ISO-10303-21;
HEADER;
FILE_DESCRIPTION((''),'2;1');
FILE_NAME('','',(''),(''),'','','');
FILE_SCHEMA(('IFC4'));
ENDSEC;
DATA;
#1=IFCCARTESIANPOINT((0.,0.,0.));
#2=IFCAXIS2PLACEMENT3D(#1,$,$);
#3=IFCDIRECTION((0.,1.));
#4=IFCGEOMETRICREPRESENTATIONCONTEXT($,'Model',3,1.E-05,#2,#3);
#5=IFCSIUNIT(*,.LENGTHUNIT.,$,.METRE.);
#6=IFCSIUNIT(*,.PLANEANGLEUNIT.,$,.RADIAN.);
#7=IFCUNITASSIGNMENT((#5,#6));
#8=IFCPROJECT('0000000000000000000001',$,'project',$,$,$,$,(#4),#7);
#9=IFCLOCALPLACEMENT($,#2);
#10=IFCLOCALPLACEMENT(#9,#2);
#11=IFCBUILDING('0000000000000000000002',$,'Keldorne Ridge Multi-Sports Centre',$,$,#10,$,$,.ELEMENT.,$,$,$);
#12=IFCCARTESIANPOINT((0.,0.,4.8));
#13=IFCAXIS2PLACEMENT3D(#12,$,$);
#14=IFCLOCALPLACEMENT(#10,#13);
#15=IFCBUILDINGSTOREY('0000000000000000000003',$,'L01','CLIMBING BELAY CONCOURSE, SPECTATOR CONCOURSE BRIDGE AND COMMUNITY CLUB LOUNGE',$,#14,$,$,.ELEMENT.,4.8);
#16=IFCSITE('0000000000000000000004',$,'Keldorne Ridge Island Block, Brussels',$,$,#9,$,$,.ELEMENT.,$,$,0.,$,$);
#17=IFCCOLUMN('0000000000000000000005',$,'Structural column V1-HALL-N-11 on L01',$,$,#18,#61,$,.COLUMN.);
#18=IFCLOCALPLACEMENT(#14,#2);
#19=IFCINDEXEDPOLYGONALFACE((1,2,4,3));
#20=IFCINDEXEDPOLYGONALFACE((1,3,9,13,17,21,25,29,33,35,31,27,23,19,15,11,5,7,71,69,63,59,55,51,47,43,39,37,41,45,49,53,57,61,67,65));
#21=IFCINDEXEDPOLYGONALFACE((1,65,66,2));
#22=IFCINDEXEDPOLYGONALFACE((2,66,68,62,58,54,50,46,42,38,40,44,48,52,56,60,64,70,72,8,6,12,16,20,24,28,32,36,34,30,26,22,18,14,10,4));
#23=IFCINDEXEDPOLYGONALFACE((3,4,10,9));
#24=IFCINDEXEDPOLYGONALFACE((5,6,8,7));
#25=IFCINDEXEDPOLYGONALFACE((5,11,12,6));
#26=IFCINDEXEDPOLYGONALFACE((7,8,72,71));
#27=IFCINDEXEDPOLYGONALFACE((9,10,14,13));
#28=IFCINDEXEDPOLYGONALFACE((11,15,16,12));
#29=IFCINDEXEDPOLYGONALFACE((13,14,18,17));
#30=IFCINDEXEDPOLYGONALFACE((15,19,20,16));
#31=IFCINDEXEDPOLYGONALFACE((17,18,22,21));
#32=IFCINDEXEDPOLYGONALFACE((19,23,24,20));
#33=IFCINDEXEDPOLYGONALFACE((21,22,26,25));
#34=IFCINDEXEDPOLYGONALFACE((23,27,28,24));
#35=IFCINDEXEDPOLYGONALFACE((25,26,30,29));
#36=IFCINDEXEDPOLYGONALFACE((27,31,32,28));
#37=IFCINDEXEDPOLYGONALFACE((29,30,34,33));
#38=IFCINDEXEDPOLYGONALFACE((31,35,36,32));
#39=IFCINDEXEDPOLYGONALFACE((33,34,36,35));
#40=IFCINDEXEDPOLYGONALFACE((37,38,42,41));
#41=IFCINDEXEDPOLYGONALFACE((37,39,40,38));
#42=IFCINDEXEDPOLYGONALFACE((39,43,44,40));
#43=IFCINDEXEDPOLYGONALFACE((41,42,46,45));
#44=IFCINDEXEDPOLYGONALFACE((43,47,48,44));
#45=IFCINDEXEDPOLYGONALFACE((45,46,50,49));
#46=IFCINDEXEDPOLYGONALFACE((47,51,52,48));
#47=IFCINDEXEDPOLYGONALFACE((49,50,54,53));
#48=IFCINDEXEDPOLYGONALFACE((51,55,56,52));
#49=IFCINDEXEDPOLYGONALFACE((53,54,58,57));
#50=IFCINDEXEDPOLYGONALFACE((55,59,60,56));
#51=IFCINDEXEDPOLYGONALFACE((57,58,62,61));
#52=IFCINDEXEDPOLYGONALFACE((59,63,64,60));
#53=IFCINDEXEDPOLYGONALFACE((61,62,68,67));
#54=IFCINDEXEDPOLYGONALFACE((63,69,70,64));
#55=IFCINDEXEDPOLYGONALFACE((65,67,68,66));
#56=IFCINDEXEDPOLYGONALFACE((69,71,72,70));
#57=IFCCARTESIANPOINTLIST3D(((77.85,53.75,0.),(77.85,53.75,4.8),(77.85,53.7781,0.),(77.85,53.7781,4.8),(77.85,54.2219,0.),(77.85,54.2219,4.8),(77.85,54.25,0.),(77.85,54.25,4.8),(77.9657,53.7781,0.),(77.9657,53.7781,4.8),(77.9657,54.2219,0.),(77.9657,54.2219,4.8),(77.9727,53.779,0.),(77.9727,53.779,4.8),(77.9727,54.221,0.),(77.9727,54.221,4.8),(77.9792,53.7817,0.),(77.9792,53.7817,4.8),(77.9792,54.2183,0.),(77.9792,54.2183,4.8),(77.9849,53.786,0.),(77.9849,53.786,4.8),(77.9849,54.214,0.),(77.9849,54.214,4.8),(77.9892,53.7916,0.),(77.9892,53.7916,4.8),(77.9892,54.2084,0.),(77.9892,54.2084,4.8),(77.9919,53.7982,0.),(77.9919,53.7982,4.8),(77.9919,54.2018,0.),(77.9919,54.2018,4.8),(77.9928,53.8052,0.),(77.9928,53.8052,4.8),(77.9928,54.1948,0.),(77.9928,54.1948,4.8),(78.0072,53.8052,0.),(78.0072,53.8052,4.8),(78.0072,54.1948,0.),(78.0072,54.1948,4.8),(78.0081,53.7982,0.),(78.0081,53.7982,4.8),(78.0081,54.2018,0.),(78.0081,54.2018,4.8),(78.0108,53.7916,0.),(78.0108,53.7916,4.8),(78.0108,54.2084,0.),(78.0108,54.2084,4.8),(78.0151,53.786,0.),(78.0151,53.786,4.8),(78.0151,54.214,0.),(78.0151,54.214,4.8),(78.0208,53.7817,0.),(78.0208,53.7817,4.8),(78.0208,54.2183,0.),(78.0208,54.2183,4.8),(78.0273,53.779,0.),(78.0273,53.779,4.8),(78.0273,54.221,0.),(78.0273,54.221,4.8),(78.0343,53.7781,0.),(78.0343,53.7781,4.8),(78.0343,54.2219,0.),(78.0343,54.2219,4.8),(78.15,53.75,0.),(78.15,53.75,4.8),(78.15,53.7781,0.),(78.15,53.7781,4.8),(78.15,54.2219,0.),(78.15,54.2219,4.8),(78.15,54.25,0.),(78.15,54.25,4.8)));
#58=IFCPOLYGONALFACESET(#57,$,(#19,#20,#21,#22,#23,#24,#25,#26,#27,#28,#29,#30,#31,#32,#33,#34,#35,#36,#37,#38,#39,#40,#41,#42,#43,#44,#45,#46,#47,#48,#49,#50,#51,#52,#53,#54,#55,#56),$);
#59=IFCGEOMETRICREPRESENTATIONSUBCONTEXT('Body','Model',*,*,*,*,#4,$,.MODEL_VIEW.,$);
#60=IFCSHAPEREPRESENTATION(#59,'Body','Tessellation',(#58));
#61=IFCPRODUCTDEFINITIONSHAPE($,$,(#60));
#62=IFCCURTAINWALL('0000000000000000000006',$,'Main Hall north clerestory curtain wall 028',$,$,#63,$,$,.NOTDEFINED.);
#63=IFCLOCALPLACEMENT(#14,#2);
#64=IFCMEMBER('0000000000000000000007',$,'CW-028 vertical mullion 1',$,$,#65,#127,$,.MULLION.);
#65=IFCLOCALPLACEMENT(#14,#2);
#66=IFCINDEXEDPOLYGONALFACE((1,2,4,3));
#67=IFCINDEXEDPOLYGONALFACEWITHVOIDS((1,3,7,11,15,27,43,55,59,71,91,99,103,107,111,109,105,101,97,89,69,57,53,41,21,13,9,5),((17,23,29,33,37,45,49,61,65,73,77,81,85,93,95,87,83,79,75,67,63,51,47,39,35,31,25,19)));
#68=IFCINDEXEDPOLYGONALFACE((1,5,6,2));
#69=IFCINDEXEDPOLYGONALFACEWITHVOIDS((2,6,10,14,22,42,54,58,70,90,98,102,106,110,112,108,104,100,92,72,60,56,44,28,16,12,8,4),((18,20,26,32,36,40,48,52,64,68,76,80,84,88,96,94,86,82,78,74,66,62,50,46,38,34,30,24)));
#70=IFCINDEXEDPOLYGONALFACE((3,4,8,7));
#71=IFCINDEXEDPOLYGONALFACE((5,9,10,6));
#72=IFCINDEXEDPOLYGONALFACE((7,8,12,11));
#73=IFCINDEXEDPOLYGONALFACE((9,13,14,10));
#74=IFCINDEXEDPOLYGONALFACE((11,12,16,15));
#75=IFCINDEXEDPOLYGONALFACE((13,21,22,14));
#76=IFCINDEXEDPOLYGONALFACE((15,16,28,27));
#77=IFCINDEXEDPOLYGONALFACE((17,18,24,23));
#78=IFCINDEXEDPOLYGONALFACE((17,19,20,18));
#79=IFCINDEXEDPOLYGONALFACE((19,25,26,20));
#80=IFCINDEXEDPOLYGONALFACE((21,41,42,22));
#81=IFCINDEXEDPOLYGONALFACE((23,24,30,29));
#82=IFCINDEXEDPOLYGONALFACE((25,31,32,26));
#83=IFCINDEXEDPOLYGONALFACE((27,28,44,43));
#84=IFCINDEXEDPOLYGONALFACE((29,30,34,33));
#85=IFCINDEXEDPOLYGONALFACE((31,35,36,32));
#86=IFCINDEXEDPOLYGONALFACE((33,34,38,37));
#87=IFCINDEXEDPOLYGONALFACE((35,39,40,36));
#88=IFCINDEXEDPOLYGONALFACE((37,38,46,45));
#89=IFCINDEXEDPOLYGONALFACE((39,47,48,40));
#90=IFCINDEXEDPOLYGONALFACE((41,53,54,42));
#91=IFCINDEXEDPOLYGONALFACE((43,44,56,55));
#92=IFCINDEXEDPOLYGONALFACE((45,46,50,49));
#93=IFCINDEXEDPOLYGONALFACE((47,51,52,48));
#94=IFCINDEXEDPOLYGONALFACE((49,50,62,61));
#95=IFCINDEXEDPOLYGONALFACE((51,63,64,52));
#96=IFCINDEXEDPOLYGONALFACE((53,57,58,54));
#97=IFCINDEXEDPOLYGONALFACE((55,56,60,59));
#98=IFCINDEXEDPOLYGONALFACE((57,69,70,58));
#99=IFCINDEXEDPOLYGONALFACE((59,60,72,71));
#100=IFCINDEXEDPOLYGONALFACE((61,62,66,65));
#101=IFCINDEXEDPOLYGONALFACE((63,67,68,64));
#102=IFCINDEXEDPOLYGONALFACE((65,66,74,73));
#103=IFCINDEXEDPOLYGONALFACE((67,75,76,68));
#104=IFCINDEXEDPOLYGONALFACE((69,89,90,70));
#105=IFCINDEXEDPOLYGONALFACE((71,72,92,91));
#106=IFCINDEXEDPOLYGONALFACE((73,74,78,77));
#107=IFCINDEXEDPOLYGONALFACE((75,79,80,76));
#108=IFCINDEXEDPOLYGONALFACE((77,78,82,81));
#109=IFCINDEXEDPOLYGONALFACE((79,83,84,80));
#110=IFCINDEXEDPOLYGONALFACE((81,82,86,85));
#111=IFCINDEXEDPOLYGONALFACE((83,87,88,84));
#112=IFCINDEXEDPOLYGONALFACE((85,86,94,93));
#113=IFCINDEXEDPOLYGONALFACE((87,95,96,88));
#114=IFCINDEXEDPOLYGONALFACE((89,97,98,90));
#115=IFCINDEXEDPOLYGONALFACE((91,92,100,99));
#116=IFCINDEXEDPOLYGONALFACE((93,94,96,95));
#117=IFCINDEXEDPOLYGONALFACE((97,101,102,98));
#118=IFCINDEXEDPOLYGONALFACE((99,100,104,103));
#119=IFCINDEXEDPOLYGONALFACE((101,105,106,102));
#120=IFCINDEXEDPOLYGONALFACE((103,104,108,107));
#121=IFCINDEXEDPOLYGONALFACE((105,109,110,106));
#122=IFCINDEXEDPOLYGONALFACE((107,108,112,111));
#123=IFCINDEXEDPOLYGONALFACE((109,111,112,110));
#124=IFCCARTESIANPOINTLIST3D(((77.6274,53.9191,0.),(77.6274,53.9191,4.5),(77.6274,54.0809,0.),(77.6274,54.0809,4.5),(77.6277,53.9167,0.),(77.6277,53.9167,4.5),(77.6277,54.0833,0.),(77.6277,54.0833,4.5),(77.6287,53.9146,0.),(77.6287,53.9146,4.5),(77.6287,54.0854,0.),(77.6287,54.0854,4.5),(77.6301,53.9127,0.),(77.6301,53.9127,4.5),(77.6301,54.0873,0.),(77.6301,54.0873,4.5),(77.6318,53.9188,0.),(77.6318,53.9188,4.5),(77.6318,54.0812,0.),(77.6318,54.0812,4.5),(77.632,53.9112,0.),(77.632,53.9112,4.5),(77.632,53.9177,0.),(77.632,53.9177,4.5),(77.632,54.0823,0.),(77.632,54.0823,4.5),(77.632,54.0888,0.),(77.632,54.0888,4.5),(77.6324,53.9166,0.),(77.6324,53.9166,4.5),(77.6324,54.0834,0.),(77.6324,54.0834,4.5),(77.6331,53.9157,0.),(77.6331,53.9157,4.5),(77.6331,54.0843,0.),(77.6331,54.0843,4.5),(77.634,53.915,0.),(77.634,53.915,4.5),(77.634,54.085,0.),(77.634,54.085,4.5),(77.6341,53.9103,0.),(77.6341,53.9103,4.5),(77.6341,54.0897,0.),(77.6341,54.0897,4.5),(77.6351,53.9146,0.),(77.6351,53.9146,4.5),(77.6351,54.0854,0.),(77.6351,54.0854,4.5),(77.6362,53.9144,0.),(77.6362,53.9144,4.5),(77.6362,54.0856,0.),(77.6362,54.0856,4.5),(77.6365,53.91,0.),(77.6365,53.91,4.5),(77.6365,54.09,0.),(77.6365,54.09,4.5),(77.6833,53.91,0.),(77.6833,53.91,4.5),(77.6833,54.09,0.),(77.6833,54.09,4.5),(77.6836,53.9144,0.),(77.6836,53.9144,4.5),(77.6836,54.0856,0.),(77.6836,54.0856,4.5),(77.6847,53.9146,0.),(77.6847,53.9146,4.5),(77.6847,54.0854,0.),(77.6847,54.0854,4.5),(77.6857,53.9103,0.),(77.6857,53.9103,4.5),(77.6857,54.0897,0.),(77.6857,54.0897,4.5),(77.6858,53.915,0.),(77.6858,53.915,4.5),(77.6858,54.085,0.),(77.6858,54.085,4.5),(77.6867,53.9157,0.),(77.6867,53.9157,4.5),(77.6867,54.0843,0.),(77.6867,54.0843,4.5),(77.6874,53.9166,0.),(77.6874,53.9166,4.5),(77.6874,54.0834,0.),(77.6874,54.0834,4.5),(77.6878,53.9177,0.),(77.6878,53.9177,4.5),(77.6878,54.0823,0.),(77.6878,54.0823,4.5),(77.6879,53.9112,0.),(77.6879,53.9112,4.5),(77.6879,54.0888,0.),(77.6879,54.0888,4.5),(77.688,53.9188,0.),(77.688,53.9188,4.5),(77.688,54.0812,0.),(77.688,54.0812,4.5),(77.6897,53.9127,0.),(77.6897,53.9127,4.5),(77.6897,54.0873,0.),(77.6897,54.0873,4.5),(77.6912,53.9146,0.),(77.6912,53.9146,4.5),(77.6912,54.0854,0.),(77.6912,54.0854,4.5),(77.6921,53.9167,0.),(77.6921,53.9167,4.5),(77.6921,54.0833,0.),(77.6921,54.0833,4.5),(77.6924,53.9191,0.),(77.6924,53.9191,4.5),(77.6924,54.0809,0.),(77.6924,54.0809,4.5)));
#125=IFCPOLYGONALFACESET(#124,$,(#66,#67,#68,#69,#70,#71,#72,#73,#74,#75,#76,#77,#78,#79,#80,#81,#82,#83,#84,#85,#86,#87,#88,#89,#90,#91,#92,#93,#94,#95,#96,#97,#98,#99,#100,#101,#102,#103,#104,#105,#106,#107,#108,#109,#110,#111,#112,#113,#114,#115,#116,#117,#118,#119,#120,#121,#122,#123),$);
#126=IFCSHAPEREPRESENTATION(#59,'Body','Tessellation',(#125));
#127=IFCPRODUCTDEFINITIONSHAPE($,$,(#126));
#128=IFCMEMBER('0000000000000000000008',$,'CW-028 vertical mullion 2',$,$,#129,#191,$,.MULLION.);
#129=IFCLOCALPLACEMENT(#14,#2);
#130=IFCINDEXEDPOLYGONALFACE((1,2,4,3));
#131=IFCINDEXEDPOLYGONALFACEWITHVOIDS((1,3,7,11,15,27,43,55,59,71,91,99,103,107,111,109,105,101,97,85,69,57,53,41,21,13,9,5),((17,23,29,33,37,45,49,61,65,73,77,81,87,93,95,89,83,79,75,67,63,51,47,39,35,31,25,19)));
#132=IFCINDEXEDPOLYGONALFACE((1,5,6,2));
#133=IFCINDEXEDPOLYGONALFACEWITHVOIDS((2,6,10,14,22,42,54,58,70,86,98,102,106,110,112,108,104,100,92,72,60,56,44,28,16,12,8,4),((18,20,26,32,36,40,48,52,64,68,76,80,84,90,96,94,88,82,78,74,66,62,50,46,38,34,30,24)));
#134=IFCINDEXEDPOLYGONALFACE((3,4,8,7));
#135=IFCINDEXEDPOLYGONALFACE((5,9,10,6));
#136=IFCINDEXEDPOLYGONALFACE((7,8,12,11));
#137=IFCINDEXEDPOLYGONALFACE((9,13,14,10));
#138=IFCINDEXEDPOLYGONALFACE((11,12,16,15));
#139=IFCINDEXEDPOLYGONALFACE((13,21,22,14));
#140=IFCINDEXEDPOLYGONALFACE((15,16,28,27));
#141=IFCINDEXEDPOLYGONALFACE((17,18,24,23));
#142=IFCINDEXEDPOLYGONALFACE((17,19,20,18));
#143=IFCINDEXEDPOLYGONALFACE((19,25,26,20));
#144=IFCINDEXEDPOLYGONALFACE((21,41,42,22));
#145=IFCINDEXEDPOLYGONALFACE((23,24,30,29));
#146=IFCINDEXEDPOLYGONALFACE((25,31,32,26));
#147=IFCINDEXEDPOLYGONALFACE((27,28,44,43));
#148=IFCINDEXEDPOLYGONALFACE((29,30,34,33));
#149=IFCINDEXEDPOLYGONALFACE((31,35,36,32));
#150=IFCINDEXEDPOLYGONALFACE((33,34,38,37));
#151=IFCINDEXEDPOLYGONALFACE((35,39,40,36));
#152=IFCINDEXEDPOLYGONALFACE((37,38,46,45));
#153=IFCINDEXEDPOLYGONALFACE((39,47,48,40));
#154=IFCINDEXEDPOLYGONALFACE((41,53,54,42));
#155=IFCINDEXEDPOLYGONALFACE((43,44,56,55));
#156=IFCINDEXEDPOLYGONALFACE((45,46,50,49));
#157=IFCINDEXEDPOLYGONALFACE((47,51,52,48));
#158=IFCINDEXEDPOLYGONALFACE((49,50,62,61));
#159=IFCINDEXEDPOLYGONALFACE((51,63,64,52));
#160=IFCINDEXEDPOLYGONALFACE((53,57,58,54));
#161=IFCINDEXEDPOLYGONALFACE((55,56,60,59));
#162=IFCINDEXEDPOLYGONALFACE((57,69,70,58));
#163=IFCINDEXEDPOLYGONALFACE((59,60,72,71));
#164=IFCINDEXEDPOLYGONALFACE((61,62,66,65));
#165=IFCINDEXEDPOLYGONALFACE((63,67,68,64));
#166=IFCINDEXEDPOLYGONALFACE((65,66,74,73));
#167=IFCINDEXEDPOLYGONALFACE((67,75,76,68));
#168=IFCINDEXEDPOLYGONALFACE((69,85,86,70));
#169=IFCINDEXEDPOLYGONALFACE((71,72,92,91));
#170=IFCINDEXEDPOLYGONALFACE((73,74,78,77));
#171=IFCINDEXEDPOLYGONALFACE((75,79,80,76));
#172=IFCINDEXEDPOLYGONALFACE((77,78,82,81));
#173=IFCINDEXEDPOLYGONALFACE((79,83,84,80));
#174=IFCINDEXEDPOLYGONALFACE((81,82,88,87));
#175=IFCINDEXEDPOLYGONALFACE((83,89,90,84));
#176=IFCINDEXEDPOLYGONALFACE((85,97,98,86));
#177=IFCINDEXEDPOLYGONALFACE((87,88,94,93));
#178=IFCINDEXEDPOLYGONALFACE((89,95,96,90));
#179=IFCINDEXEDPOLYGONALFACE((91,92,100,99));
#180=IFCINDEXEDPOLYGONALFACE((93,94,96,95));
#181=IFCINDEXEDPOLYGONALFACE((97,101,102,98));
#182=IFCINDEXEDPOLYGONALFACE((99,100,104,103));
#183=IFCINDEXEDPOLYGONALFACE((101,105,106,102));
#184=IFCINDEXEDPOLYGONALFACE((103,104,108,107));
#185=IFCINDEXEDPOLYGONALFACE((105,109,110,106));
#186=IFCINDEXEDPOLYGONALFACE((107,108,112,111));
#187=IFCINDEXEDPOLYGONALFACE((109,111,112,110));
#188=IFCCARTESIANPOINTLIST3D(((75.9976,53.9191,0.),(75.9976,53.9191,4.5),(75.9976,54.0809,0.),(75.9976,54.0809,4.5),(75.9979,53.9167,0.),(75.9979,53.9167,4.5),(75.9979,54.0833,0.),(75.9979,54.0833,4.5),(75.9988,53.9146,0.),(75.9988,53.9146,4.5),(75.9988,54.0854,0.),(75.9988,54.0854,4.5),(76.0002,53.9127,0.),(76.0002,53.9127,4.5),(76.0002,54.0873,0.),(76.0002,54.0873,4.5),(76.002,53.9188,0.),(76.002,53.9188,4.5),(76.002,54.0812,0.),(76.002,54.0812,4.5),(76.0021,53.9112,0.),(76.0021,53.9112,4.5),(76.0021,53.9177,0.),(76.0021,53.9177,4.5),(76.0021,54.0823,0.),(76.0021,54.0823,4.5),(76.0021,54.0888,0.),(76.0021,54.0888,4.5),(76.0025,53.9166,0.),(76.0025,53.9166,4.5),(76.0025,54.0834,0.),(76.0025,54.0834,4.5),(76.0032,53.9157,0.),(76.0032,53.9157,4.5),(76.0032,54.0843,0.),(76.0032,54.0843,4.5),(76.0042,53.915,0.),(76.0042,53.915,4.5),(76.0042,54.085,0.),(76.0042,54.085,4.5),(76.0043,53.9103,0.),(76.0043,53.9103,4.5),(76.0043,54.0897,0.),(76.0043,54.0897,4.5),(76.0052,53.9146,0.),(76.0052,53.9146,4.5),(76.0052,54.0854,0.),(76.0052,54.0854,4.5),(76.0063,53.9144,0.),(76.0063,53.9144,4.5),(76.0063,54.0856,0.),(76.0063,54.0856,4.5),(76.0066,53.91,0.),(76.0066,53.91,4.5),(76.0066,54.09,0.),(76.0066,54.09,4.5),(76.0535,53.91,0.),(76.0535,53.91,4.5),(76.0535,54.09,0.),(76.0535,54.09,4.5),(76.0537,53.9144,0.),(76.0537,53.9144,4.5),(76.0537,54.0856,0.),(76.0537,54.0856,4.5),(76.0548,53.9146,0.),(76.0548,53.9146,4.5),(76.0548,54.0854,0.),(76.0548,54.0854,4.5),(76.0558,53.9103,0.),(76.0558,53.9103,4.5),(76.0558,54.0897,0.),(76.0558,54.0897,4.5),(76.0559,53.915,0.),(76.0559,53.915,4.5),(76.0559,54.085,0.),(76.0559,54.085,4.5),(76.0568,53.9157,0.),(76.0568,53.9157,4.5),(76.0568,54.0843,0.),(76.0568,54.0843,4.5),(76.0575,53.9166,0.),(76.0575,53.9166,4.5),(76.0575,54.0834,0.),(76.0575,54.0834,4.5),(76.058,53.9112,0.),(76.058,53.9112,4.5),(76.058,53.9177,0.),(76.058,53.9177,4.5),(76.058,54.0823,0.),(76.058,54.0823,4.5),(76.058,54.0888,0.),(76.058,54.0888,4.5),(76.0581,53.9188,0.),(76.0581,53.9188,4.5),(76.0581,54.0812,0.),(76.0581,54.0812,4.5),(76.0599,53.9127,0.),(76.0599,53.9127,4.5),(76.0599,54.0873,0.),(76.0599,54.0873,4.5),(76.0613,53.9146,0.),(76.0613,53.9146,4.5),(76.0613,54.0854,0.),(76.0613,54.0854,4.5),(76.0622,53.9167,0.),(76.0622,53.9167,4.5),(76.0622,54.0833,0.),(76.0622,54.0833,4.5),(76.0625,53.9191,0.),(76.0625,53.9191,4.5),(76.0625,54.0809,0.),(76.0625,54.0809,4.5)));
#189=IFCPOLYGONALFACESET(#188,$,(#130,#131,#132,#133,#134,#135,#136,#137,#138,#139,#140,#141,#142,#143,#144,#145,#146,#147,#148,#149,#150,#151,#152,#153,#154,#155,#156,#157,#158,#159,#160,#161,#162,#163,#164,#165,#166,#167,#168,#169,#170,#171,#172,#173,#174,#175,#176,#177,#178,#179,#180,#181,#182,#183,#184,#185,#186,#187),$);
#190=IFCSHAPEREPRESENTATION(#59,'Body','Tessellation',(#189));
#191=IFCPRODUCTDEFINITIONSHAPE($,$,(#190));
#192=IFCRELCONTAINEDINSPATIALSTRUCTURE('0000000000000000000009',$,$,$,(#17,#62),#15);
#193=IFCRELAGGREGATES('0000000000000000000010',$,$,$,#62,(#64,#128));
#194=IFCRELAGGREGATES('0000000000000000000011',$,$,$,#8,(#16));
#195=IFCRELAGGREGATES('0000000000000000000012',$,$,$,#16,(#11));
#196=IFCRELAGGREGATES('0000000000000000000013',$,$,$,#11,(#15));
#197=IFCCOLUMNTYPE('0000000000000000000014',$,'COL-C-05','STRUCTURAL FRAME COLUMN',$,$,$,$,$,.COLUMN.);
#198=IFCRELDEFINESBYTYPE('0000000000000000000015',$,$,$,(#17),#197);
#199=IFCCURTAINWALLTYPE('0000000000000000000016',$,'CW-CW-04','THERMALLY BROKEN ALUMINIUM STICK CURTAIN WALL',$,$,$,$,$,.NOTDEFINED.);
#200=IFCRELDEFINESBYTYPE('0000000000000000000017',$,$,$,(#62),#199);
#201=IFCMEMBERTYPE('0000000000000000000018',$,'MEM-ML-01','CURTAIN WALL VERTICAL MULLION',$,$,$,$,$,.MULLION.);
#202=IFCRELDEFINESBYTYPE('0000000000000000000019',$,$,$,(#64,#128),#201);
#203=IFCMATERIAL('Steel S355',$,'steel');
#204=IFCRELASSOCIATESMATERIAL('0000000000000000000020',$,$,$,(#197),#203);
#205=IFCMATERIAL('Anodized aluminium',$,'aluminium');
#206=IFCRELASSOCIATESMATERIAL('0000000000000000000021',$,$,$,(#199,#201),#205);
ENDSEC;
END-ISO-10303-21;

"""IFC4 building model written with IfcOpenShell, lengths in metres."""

from ifc_helpers import new_model, si_unit, direction, frame, origin, origin_2d, place, context, subcontext, project, spatial, hollow_rectangle, i_section, extrude, material, material_profile, profile_set, type_object, element, aggregate, save


model = new_model("IFC4")

# Units and contexts
model_context = context("Model", 3, precision=1e-05, world=origin(), true_north=direction((0.0, 1.0)))
body_context = subcontext(model_context, "Body", "Model", "MODEL_VIEW")
ifc_project = project(units=[si_unit("LENGTHUNIT", "METRE"), si_unit("PLANEANGLEUNIT", "RADIAN")], contexts=[model_context])

# Site, building, storey
site_placement = place(None, origin())
site = spatial("IfcSite", under=ifc_project, at=site_placement, Name="Keldorne Ridge Island Block, Brussels", CompositionType="ELEMENT", RefElevation=0.0)
building_placement = place(site_placement, origin())
building = spatial("IfcBuilding", under=site, at=building_placement, Name="Keldorne Ridge Multi-Sports Centre", CompositionType="ELEMENT")
storey_placement = place(building_placement, frame((0.0, 0.0, 4.8)))
storey = spatial("IfcBuildingStorey", under=building, at=storey_placement, Name="L01", Description="CLIMBING BELAY CONCOURSE, SPECTATOR CONCOURSE BRIDGE AND COMMUNITY CLUB LOUNGE", CompositionType="ELEMENT", Elevation=4.8)

# Column
ifc_material_1 = material(Name="Steel S355", Category="steel")
ifc_material_profile_1 = material_profile(ifc_material_1, i_section(OverallWidth=0.3, OverallDepth=0.5, WebThickness=0.0144, FlangeThickness=0.0281, FilletRadius=0.0271, at=origin_2d()), Name="HEB 500")
ifc_profile_set_1 = profile_set([ifc_material_profile_1], Name="Steel S355")
column_type = type_object("IfcColumnType", Name="COL-C-05", Description="STRUCTURAL FRAME COLUMN", PredefinedType="COLUMN", material=ifc_profile_set_1)
column_placement = place(storey_placement, frame((78.0, 54.0, 0.0), z_axis=(0.0, 0.0, 1.0), x_axis=(1.0, 0.0, 0.0)))
element("IfcColumn", 1, at=column_placement, inside=storey, type_object=column_type, Name="Structural column V1-HALL-N-11 on L01", PredefinedType="COLUMN", context=body_context, shape_type="SweptSolid", body=[
    extrude(i_section(OverallWidth=0.3, OverallDepth=0.5, WebThickness=0.0144, FlangeThickness=0.0281, FilletRadius=0.0271, at=origin_2d()), origin(), (0.0, 0.0, 1.0), 4.8),
])

# Curtain wall, members
ifc_material_2 = material(Name="Anodized aluminium", Category="aluminium")
curtain_wall_type = type_object("IfcCurtainWallType", Name="CW-CW-04", Description="THERMALLY BROKEN ALUMINIUM STICK CURTAIN WALL", PredefinedType="NOTDEFINED", material=ifc_material_2)
curtain_wall_1_placement = place(storey_placement, origin())
curtain_wall_1 = element("IfcCurtainWall", 2, at=curtain_wall_1_placement, inside=storey, type_object=curtain_wall_type, Name="Main Hall north clerestory curtain wall 028", PredefinedType="NOTDEFINED")
ifc_material_profile_2 = material_profile(ifc_material_2, hollow_rectangle(XDim=0.0649, YDim=0.1799, WallThickness=0.0044, InnerFilletRadius=0.0044, OuterFilletRadius=0.009, at=origin_2d()), Name="ALU MULLION 180x65x4.5")
ifc_profile_set_2 = profile_set([ifc_material_profile_2], Name="Anodized aluminium")
member_type_1 = type_object("IfcMemberType", Name="MEM-ML-01", Description="CURTAIN WALL VERTICAL MULLION", PredefinedType="MULLION", material=ifc_profile_set_2)
member_1_placement = place(storey_placement, frame((77.6599, 54.0, 0.0), z_axis=(0.0, 0.0, 1.0), x_axis=(1.0, 0.0, 0.0)))
member_1 = element("IfcMember", 3, at=member_1_placement, type_object=member_type_1, Name="CW-028 vertical mullion 1", PredefinedType="MULLION", context=body_context, shape_type="SweptSolid", body=[
    extrude(hollow_rectangle(XDim=0.0649, YDim=0.1799, WallThickness=0.0044, InnerFilletRadius=0.0044, OuterFilletRadius=0.009, at=origin_2d()), origin(), (0.0, 0.0, 1.0), 4.5),
])
member_2_placement = place(storey_placement, frame((76.03, 54.0, 0.0), z_axis=(0.0, 0.0, 1.0), x_axis=(1.0, 0.0, 0.0)))
member_2 = element("IfcMember", 4, at=member_2_placement, type_object=member_type_1, Name="CW-028 vertical mullion 2", PredefinedType="MULLION", context=body_context, shape_type="SweptSolid", body=[
    extrude(hollow_rectangle(XDim=0.0649, YDim=0.1799, WallThickness=0.0044, InnerFilletRadius=0.0044, OuterFilletRadius=0.009, at=origin_2d()), origin(), (0.0, 0.0, 1.0), 4.5),
])

aggregate(curtain_wall_1, [member_1, member_2])

save(model, "model.ifc")
